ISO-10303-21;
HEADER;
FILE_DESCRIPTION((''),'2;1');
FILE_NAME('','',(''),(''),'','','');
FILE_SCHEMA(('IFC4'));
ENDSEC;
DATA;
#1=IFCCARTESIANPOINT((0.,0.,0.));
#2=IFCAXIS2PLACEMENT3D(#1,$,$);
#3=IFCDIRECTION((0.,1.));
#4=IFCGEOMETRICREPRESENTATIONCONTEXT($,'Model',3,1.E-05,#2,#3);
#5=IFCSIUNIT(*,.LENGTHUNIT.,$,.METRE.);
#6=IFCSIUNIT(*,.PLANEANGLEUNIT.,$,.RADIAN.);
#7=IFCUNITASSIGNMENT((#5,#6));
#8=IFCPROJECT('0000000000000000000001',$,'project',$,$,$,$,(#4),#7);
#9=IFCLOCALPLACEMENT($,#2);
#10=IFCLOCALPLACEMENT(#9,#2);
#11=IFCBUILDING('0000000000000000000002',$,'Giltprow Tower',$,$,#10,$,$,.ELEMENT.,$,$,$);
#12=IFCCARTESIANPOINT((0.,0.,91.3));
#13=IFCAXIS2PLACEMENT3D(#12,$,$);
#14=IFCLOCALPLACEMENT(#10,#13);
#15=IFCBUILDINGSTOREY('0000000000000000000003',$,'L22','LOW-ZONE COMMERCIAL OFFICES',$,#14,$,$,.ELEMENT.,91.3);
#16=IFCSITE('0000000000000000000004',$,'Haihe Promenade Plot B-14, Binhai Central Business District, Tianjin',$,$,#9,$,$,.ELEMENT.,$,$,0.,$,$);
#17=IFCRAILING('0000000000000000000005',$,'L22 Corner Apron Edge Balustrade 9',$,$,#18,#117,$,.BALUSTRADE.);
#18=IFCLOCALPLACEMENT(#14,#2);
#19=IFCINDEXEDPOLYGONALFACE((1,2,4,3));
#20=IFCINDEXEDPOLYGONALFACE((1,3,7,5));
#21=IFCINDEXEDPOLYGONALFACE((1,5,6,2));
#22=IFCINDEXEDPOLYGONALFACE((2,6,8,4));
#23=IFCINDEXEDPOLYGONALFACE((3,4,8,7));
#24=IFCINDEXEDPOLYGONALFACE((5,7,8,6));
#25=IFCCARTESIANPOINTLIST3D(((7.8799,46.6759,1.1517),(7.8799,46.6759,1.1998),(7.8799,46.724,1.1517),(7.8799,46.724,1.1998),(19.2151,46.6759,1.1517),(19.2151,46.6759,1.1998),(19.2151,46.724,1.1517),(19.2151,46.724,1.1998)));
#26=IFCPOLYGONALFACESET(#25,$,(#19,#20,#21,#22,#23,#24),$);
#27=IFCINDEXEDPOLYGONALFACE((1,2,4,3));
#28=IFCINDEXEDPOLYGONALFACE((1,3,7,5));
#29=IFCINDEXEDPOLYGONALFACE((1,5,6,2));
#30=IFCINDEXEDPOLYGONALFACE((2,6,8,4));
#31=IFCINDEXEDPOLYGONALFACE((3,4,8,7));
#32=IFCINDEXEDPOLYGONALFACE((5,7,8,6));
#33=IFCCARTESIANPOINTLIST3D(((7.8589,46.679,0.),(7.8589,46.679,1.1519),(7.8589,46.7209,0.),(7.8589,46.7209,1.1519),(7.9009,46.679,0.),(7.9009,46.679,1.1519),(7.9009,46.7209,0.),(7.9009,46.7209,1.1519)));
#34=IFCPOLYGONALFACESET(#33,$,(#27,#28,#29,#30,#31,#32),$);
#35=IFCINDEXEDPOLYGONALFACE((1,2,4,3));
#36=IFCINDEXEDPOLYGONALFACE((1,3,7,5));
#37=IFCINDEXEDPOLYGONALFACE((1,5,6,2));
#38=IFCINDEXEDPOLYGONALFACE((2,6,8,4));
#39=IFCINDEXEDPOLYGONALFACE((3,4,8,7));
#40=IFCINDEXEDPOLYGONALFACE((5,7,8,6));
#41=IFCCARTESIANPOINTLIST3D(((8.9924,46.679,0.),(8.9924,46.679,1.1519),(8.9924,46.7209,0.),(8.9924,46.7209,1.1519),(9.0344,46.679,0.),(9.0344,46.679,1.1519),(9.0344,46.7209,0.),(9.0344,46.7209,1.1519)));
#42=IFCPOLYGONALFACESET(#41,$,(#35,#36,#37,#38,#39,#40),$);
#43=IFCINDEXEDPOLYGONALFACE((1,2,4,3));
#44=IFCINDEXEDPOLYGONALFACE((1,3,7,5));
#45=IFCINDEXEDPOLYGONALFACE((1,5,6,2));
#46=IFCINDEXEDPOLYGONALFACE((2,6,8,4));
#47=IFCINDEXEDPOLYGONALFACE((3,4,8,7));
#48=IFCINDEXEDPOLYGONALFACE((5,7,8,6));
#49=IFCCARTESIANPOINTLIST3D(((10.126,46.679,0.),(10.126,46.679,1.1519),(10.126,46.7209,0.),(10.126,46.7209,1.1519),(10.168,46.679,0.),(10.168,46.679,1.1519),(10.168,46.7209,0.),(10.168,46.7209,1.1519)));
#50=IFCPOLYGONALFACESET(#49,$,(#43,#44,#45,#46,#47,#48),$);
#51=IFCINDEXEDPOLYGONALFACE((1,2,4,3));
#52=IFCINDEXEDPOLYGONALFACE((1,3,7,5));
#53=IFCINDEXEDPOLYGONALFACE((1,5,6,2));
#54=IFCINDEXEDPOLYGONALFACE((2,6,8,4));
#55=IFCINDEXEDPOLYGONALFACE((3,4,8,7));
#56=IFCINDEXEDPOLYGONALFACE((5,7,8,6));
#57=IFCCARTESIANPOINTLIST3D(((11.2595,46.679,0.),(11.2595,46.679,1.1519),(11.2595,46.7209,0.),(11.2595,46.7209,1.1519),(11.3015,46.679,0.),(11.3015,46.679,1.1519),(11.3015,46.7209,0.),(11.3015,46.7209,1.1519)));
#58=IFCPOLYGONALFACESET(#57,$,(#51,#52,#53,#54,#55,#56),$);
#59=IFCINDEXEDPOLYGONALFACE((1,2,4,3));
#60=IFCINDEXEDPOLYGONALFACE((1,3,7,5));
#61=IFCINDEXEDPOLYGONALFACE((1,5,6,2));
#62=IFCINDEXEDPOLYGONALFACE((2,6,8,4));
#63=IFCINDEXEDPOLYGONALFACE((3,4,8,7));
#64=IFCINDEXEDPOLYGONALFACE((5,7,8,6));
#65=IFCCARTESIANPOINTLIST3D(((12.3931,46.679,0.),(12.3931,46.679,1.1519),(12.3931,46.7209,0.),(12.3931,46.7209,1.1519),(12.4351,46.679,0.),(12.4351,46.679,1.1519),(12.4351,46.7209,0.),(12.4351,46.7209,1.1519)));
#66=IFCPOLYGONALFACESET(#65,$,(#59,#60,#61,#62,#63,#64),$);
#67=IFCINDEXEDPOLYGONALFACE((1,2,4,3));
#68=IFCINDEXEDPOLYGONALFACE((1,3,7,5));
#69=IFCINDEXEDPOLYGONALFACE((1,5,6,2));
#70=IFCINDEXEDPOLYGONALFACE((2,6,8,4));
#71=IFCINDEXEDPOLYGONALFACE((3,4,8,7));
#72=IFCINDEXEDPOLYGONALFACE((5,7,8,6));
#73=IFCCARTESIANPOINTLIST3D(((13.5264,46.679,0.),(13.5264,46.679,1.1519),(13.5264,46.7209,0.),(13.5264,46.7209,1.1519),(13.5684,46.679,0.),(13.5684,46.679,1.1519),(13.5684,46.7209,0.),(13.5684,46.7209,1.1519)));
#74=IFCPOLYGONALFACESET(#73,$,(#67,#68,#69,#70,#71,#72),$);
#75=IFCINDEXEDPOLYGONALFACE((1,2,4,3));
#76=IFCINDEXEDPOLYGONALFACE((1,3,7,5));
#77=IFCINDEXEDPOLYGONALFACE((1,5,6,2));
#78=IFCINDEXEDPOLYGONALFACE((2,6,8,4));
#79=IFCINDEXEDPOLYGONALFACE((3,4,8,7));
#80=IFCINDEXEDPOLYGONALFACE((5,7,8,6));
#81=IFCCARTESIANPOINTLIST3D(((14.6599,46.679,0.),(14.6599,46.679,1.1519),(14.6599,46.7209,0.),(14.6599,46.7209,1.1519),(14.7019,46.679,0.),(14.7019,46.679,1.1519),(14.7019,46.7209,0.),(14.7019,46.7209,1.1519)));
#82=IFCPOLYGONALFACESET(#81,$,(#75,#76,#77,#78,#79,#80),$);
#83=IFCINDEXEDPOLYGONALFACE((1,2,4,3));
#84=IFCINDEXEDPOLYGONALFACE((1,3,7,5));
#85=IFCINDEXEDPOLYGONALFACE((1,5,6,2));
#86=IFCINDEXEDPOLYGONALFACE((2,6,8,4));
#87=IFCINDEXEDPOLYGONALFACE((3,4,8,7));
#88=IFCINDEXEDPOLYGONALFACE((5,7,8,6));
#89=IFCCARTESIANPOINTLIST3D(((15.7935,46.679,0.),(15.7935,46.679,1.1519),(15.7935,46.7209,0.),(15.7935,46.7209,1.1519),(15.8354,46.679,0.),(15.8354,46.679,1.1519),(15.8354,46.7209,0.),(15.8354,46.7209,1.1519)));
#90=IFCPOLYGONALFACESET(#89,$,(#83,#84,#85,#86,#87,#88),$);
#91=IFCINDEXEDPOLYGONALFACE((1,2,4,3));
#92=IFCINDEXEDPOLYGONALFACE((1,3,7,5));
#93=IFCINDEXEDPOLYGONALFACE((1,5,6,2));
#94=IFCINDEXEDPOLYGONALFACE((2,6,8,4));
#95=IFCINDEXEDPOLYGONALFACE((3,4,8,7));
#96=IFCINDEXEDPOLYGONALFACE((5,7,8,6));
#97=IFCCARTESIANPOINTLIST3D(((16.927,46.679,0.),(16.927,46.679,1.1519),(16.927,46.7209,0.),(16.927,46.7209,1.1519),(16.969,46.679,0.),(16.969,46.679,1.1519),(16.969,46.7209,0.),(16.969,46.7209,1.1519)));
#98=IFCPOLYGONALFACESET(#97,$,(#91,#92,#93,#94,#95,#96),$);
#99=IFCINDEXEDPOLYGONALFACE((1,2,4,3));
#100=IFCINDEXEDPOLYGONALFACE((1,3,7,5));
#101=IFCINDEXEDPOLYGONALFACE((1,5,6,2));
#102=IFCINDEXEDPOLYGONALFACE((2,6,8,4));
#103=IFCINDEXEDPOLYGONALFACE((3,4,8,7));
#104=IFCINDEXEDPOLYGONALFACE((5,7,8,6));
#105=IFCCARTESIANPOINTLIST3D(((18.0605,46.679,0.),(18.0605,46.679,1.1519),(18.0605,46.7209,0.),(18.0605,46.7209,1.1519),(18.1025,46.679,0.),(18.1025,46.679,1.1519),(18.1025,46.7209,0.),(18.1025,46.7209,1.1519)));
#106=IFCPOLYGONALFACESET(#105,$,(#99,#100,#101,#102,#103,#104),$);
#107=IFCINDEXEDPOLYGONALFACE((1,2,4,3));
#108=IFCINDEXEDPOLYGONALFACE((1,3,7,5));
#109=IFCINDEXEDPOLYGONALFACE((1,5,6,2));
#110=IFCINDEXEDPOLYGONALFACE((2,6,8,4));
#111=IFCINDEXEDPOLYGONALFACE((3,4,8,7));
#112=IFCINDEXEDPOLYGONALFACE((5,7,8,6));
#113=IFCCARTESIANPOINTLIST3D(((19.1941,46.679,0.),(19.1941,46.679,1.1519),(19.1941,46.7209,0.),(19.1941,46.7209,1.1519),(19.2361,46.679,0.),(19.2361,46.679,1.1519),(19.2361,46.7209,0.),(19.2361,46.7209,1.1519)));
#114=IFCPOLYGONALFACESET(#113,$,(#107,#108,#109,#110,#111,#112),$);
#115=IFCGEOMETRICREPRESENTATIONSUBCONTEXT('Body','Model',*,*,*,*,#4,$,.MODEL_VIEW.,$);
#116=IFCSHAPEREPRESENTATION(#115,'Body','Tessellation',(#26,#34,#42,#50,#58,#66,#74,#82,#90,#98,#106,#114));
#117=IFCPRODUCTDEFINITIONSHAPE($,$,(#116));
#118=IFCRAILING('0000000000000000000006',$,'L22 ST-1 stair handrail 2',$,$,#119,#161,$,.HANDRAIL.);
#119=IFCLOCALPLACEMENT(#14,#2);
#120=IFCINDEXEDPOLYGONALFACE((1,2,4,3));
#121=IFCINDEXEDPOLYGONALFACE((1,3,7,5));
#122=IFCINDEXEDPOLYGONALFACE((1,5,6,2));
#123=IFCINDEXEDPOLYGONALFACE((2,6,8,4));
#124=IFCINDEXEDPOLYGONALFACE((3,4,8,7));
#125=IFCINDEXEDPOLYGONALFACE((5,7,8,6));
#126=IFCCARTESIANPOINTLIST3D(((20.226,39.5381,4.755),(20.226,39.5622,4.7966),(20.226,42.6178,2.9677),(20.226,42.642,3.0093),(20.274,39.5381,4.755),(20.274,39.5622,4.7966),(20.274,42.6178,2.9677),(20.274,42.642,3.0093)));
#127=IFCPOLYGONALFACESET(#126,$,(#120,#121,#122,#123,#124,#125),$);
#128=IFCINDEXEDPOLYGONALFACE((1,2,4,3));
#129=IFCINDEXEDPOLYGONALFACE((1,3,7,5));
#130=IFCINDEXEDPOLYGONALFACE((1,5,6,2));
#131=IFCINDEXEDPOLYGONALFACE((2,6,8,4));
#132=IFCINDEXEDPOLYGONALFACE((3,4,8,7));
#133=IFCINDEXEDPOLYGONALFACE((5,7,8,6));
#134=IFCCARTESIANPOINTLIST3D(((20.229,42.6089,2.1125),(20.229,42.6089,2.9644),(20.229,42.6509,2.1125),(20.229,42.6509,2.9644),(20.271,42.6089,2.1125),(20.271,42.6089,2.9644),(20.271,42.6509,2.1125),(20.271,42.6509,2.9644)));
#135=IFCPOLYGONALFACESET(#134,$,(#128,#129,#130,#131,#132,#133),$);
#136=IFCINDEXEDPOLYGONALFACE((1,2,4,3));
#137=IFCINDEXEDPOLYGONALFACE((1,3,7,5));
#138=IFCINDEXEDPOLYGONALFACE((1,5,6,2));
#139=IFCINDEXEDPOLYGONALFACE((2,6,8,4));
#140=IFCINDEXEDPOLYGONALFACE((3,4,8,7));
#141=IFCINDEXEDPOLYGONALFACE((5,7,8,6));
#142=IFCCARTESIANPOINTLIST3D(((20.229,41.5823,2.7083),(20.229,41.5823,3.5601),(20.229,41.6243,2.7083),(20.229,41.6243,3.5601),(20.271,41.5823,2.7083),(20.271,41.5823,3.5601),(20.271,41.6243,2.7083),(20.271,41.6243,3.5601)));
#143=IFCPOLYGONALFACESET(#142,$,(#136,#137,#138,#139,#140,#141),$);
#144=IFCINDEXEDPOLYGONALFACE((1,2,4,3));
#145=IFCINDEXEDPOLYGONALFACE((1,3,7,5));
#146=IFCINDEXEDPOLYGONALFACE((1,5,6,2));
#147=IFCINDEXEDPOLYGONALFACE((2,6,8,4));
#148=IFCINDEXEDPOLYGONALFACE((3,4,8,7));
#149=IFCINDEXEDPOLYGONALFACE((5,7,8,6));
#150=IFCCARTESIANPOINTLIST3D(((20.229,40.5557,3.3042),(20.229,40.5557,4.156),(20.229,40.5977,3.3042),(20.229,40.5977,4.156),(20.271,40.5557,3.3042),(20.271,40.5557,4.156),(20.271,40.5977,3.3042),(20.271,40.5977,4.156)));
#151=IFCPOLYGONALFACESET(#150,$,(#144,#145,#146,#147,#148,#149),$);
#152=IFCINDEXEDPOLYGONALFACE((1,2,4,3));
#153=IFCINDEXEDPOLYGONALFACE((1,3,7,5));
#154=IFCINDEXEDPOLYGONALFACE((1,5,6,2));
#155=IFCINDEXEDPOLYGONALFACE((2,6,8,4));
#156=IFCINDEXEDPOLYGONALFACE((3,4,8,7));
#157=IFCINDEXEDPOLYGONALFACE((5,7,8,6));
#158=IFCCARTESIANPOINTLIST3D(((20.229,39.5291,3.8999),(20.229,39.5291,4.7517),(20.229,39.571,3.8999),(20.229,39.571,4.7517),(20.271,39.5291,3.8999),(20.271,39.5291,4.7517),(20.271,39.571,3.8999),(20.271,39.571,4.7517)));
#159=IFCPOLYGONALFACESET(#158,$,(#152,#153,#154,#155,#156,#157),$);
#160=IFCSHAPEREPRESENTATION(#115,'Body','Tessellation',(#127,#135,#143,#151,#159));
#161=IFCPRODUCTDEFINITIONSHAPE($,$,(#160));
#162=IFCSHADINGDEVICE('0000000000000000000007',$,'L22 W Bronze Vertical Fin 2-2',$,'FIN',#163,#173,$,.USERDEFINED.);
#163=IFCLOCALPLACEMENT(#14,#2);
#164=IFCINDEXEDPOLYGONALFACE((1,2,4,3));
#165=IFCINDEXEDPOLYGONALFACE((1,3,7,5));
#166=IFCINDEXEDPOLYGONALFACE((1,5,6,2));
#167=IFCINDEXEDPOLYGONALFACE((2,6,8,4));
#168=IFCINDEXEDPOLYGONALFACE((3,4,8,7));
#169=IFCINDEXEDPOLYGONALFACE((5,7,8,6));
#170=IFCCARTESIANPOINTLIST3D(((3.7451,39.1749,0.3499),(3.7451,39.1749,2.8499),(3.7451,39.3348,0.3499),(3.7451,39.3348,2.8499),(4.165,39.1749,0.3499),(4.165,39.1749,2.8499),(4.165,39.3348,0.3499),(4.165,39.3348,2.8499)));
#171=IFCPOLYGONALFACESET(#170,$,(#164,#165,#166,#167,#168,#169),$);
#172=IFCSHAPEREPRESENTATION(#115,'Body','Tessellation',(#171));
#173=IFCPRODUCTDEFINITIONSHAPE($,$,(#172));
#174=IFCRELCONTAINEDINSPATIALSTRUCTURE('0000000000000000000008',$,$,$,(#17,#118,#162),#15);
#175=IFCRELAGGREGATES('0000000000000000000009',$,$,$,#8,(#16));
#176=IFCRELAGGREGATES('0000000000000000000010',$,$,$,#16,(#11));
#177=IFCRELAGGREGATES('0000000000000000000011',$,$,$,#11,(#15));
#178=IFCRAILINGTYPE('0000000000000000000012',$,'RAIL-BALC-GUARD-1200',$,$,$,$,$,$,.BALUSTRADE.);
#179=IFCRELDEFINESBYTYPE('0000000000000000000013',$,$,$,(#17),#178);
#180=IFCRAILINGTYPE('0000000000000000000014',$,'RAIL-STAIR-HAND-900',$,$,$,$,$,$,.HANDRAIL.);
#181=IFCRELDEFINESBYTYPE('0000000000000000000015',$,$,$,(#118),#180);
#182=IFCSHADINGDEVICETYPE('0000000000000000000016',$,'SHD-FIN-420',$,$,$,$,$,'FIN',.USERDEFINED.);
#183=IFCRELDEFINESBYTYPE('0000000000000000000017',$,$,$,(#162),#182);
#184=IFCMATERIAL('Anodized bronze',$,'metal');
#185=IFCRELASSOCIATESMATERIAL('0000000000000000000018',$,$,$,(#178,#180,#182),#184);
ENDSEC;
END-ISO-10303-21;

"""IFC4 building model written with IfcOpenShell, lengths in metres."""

from ifc_helpers import new_model, si_unit, direction, frame, origin, origin_2d, place, context, subcontext, project, spatial, rectangle, extrude, source, transform, mapped, material, type_object, element, save


model = new_model("IFC4")

# Units and contexts
model_context = context("Model", 3, precision=1e-05, world=origin(), true_north=direction((0.0, 1.0)))
body_context = subcontext(model_context, "Body", "Model", "MODEL_VIEW")
ifc_project = project(units=[si_unit("LENGTHUNIT", "METRE"), si_unit("PLANEANGLEUNIT", "RADIAN")], contexts=[model_context])

# Site, building, storey
site_placement = place(None, origin())
site = spatial("IfcSite", under=ifc_project, at=site_placement, Name="Haihe Promenade Plot B-14, Binhai Central Business District, Tianjin", CompositionType="ELEMENT", RefElevation=0.0)
building_placement = place(site_placement, origin())
building = spatial("IfcBuilding", under=site, at=building_placement, Name="Giltprow Tower", CompositionType="ELEMENT")
storey_placement = place(building_placement, frame((0.0, 0.0, 91.3)))
storey = spatial("IfcBuildingStorey", under=building, at=storey_placement, Name="L22", Description="LOW-ZONE COMMERCIAL OFFICES", CompositionType="ELEMENT", Elevation=91.3)

# Railings
ifc_material_1 = material(Name="Anodized bronze", Category="metal")
railing_type_1 = type_object("IfcRailingType", Name="RAIL-BALC-GUARD-1200", PredefinedType="BALUSTRADE", material=ifc_material_1)
railing_1_placement = place(storey_placement, frame((7.8799, 46.7, 0.0)))
element("IfcRailing", 1, at=railing_1_placement, inside=storey, type_object=railing_type_1, Name="L22 Corner Apron Edge Balustrade 9", PredefinedType="BALUSTRADE", context=body_context, shape_type="SweptSolid", body=[
    extrude(rectangle(XDim=0.0481, YDim=0.0481, at=origin_2d()), frame((0.0, 0.0, 1.1758), z_axis=(1.0, 0.0, 0.0), x_axis=(0.0, 1.0, 0.0)), (0.0, 0.0, 1.0), 11.3352),
    extrude(rectangle(XDim=0.042, YDim=0.042, at=origin_2d()), origin(), (0.0, 0.0, 1.0), 1.1519),
    extrude(rectangle(XDim=0.042, YDim=0.042, at=origin_2d()), frame((1.1335, 0.0, 0.0)), (0.0, 0.0, 1.0), 1.1519),
    extrude(rectangle(XDim=0.042, YDim=0.042, at=origin_2d()), frame((2.2671, 0.0, 0.0)), (0.0, 0.0, 1.0), 1.1519),
    extrude(rectangle(XDim=0.042, YDim=0.042, at=origin_2d()), frame((3.4006, 0.0, 0.0)), (0.0, 0.0, 1.0), 1.1519),
    extrude(rectangle(XDim=0.042, YDim=0.042, at=origin_2d()), frame((4.5342, 0.0, 0.0)), (0.0, 0.0, 1.0), 1.1519),
    extrude(rectangle(XDim=0.042, YDim=0.042, at=origin_2d()), frame((5.6675, 0.0, 0.0)), (0.0, 0.0, 1.0), 1.1519),
    extrude(rectangle(XDim=0.042, YDim=0.042, at=origin_2d()), frame((6.801, 0.0, 0.0)), (0.0, 0.0, 1.0), 1.1519),
    extrude(rectangle(XDim=0.042, YDim=0.042, at=origin_2d()), frame((7.9346, 0.0, 0.0)), (0.0, 0.0, 1.0), 1.1519),
    extrude(rectangle(XDim=0.042, YDim=0.042, at=origin_2d()), frame((9.0681, 0.0, 0.0)), (0.0, 0.0, 1.0), 1.1519),
    extrude(rectangle(XDim=0.042, YDim=0.042, at=origin_2d()), frame((10.2017, 0.0, 0.0)), (0.0, 0.0, 1.0), 1.1519),
    extrude(rectangle(XDim=0.042, YDim=0.042, at=origin_2d()), frame((11.3352, 0.0, 0.0)), (0.0, 0.0, 1.0), 1.1519),
])
railing_type_2 = type_object("IfcRailingType", Name="RAIL-STAIR-HAND-900", PredefinedType="HANDRAIL", material=ifc_material_1)
railing_2_placement = place(storey_placement, frame((20.25, 42.6299, 2.1125)))
element("IfcRailing", 2, at=railing_2_placement, inside=storey, type_object=railing_type_2, Name="L22 ST-1 stair handrail 2", PredefinedType="HANDRAIL", context=body_context, shape_type="SweptSolid", body=[
    extrude(rectangle(XDim=0.0481, YDim=0.0481, at=origin_2d()), frame((0.0, 0.0, 0.876), z_axis=(0.0, -0.864903, 0.501939), x_axis=(1.0, 0.0, 0.0)), (0.0, 0.0, 1.0), 3.5608),
    extrude(rectangle(XDim=0.042, YDim=0.042, at=origin_2d()), origin(), (0.0, 0.0, 1.0), 0.8518),
    extrude(rectangle(XDim=0.042, YDim=0.042, at=origin_2d()), frame((0.0, -1.0266, 0.5957)), (0.0, 0.0, 1.0), 0.8518),
    extrude(rectangle(XDim=0.042, YDim=0.042, at=origin_2d()), frame((0.0, -2.0532, 1.1917)), (0.0, 0.0, 1.0), 0.8518),
    extrude(rectangle(XDim=0.042, YDim=0.042, at=origin_2d()), frame((0.0, -3.0798, 1.7874)), (0.0, 0.0, 1.0), 0.8518),
])

# Shading device
shading_device_type = type_object("IfcShadingDeviceType", Name="SHD-FIN-420", ElementType="FIN", PredefinedType="USERDEFINED", material=ifc_material_1)
shared_shape_1 = source(origin(), body_context, "Body", "SweptSolid", [
    extrude(rectangle(XDim=0.4199, YDim=0.1599, at=origin_2d()), origin(), (0.0, 0.0, 1.0), 2.5),
])
shading_device_placement = place(storey_placement, frame((3.9551, 39.2549, 0.3499), z_axis=(0.0, 0.0, 1.0), x_axis=(1.0, 0.0, 0.0)))
element("IfcShadingDevice", 3, at=shading_device_placement, inside=storey, type_object=shading_device_type, Name="L22 W Bronze Vertical Fin 2-2", ObjectType="FIN", PredefinedType="USERDEFINED", context=body_context, shape_type="MappedRepresentation", body=[
    mapped(shared_shape_1, transform((0.0, 0.0, 0.0), x_axis=(1.0, 0.0, 0.0), y_axis=(0.0, 1.0, 0.0), z_axis=(0.0, 0.0, 1.0), scale=1.0)),
])

save(model, "model.ifc")
